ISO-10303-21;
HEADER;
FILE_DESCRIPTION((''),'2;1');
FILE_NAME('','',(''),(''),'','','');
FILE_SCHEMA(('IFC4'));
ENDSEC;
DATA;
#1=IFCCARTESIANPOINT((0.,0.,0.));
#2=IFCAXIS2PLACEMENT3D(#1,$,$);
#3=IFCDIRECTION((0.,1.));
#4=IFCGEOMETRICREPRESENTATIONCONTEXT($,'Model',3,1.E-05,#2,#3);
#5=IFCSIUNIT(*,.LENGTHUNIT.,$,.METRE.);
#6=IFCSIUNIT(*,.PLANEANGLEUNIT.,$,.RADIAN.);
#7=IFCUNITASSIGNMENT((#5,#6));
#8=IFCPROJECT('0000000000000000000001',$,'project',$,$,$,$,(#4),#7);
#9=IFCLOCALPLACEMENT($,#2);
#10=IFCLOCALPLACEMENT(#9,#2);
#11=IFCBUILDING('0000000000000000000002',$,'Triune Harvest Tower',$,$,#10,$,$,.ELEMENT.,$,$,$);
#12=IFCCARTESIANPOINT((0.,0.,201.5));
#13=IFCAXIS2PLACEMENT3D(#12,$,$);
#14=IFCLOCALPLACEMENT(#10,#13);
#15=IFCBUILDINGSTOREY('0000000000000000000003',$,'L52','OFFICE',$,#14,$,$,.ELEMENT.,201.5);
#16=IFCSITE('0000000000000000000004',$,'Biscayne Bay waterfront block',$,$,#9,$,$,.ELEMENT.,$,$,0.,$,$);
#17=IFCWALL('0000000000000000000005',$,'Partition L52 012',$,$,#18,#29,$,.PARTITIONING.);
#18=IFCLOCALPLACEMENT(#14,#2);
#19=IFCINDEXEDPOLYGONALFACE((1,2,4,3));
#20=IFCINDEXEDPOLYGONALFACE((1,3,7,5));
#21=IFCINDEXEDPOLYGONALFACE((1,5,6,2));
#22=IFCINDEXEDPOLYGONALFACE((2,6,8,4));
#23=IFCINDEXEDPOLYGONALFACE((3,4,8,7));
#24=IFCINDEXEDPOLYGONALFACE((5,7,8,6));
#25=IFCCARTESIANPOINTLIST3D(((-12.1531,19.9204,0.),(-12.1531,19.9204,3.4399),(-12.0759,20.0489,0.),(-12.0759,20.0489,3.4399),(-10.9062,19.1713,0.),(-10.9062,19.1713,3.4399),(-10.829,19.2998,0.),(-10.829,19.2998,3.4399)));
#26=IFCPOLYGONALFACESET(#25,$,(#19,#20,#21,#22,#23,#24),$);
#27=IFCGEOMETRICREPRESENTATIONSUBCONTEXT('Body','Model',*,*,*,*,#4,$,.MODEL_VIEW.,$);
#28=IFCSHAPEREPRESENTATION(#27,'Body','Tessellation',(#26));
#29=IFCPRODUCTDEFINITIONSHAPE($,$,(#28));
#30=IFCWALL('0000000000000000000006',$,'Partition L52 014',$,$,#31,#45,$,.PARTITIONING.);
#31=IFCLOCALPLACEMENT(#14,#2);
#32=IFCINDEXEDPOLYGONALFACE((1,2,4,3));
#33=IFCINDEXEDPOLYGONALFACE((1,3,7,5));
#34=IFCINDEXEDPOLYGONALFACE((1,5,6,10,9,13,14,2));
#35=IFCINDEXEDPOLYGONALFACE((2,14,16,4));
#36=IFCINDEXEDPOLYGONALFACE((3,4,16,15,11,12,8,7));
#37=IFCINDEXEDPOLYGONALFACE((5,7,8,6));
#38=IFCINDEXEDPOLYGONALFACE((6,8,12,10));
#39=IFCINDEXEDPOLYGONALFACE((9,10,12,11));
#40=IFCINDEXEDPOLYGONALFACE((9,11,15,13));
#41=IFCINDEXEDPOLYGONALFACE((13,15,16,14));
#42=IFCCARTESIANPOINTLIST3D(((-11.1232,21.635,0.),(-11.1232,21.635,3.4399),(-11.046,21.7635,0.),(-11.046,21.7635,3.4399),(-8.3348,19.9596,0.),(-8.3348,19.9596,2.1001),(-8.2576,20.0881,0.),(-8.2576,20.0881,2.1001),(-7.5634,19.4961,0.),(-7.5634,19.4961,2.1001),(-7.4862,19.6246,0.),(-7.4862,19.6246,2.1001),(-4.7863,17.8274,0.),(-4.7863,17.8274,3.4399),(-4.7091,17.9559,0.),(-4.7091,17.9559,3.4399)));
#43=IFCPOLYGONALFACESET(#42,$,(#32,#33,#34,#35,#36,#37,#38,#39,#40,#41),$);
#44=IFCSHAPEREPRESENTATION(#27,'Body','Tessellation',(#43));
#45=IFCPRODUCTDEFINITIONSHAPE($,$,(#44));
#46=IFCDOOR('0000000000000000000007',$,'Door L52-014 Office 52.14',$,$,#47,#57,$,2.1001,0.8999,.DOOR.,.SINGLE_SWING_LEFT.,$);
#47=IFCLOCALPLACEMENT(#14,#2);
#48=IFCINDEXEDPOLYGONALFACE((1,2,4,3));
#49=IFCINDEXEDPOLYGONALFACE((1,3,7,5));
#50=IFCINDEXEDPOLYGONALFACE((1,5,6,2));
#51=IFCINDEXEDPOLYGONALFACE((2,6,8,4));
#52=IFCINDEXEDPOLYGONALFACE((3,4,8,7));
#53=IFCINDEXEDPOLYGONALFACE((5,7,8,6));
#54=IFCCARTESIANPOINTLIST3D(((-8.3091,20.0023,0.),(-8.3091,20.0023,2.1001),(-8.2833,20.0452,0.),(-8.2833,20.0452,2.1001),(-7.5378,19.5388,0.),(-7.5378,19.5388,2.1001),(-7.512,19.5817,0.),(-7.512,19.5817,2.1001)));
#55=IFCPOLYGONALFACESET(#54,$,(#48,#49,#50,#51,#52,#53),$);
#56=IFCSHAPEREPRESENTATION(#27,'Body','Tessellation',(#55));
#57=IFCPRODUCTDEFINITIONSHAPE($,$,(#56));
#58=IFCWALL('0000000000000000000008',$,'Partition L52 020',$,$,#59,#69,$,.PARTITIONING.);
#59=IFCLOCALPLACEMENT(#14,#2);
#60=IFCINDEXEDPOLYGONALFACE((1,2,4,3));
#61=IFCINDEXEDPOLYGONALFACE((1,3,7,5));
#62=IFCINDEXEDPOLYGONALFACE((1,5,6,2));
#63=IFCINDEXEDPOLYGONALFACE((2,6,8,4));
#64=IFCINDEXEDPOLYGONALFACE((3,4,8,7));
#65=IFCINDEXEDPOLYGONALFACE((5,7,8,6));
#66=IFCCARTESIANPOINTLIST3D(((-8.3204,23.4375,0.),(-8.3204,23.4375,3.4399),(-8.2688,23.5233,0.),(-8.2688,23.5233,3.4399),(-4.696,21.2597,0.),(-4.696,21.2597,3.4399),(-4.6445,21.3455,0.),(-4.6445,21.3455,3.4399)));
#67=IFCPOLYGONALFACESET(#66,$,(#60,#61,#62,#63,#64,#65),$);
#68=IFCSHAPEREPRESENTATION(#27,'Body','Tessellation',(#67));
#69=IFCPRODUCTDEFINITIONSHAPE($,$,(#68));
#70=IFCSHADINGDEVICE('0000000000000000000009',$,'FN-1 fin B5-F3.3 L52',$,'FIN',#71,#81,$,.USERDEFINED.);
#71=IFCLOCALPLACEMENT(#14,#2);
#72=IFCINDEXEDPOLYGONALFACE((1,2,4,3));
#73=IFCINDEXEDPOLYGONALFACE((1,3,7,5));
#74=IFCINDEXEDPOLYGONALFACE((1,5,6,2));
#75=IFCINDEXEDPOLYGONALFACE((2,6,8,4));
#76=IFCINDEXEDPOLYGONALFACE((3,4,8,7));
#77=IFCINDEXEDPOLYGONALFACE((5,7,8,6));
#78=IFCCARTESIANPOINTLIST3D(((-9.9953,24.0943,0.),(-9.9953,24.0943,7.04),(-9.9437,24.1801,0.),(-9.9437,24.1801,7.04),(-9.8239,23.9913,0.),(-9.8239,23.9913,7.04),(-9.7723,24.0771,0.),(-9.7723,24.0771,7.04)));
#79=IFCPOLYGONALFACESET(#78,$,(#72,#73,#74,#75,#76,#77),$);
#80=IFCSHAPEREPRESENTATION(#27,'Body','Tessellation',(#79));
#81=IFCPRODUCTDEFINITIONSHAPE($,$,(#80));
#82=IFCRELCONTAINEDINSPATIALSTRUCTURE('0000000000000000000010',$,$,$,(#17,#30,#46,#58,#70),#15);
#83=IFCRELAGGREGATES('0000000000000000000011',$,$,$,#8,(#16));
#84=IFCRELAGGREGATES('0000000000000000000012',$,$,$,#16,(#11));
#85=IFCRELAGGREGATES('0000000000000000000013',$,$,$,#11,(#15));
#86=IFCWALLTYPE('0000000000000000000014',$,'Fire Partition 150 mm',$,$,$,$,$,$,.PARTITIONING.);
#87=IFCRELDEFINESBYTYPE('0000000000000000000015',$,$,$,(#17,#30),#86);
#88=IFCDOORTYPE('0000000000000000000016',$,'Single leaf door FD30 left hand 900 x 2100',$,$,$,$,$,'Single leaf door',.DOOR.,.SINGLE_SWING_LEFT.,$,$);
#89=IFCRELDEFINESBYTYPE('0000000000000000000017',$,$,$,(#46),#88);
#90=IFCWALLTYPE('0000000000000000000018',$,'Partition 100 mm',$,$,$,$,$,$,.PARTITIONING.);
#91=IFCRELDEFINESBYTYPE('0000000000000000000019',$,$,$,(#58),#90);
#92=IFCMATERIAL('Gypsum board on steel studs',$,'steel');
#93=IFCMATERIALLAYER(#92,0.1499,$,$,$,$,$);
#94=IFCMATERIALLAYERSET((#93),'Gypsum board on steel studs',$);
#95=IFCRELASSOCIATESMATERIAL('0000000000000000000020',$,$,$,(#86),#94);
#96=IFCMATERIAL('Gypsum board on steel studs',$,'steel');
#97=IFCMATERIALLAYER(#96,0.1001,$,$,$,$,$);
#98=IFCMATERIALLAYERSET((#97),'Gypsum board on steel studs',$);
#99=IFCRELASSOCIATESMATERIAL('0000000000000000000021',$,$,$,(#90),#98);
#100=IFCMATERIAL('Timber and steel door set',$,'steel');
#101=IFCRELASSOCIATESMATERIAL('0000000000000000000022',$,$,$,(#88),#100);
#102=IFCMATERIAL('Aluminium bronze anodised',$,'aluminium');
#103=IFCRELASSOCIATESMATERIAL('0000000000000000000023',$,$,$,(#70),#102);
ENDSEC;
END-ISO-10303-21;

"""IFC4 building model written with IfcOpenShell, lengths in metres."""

from ifc_helpers import new_model, si_unit, direction, frame, frame_2d, origin, origin_2d, place, context, subcontext, project, spatial, rectangle, extrude, source, transform, mapped, material, layer, layer_set, type_object, element, fill, save


model = new_model("IFC4")

# Units and contexts
model_context = context("Model", 3, precision=1e-05, world=origin(), true_north=direction((0.0, 1.0)))
body_context = subcontext(model_context, "Body", "Model", "MODEL_VIEW")
ifc_project = project(units=[si_unit("LENGTHUNIT", "METRE"), si_unit("PLANEANGLEUNIT", "RADIAN")], contexts=[model_context])

# Site, building, storey
site_placement = place(None, origin())
site = spatial("IfcSite", under=ifc_project, at=site_placement, Name="Biscayne Bay waterfront block", CompositionType="ELEMENT", RefElevation=0.0)
building_placement = place(site_placement, origin())
building = spatial("IfcBuilding", under=site, at=building_placement, Name="Triune Harvest Tower", CompositionType="ELEMENT")
storey_placement = place(building_placement, frame((0.0, 0.0, 201.5)))
storey = spatial("IfcBuildingStorey", under=building, at=storey_placement, Name="L52", Description="OFFICE", CompositionType="ELEMENT", Elevation=201.5)

# Shared definitions
ifc_material_1 = material(Name="Gypsum board on steel studs", Category="steel")
ifc_layer_1 = layer(ifc_material_1, 0.1499)
ifc_layer_set_1 = layer_set([ifc_layer_1], Name="Gypsum board on steel studs")
wall_type_1 = type_object("IfcWallType", Name="Fire Partition 150 mm", PredefinedType="PARTITIONING", material=ifc_layer_set_1)

# Wall
ifc_material_2 = material(Name="Gypsum board on steel studs", Category="steel")
ifc_layer_2 = layer(ifc_material_2, 0.1001)
ifc_layer_set_2 = layer_set([ifc_layer_2], Name="Gypsum board on steel studs")
wall_type_2 = type_object("IfcWallType", Name="Partition 100 mm", PredefinedType="PARTITIONING", material=ifc_layer_set_2)
shared_shape_1 = source(origin(), body_context, "Body", "SweptSolid", [
    extrude(rectangle(XDim=1.4546, YDim=0.1499, at=frame_2d((0.7273, 0.0))), origin(), (0.0, 0.0, 1.0), 3.4399),
])
wall_1_placement = place(storey_placement, frame((-12.1145, 19.9846, 0.0), z_axis=(0.0, 0.0, 1.0), x_axis=(0.857211, -0.514965, 0.0)))
element("IfcWall", 1, at=wall_1_placement, inside=storey, type_object=wall_type_1, Name="Partition L52 012", PredefinedType="PARTITIONING", context=body_context, shape_type="MappedRepresentation", body=[
    mapped(shared_shape_1, transform((0.0, 0.0, 0.0), scale=1.0)),
])

# Wall, opening, door
shared_shape_2 = source(origin(), body_context, "Body", "SweptSolid", [
    extrude(rectangle(XDim=7.3928, YDim=0.1499, at=frame_2d((3.6963, 0.0))), origin(), (0.0, 0.0, 1.0), 3.4399),
])
wall_2_placement = place(storey_placement, frame((-11.0845, 21.6992, 0.0), z_axis=(0.0, 0.0, 1.0), x_axis=(0.857166, -0.51504, 0.0)))
wall_2 = element("IfcWall", 2, at=wall_2_placement, inside=storey, type_object=wall_type_1, Name="Partition L52 014", PredefinedType="PARTITIONING", context=body_context, shape_type="MappedRepresentation", body=[
    mapped(shared_shape_2, transform((0.0, 0.0, 0.0), scale=1.0)),
])
opening_1_placement = place(wall_2_placement, frame((3.2529, 0.0, 0.0)))
opening_1 = element("IfcOpeningElement", 3, at=opening_1_placement, cuts=wall_2, PredefinedType="OPENING", context=body_context, shape_type="SweptSolid", body=[
    extrude(rectangle(XDim=0.8999, YDim=2.1001, at=frame_2d((0.45, 1.05))), frame((0.0, 0.085, 0.0), z_axis=(0.0, -1.0, 0.0), x_axis=(1.0, 0.0, 0.0)), (0.0, 0.0, 1.0), 0.1699),
])
ifc_material_3 = material(Name="Timber and steel door set", Category="steel")
door_type_1 = type_object("IfcDoorType", Name="Single leaf door FD30 left hand 900 x 2100", ElementType="Single leaf door", OperationType="SINGLE_SWING_LEFT", PredefinedType="DOOR", material=ifc_material_3)
door_1_placement = place(opening_1_placement, origin())
door_1 = element("IfcDoor", 4, at=door_1_placement, inside=storey, type_object=door_type_1, Name="Door L52-014 Office 52.14", OperationType="SINGLE_SWING_LEFT", OverallHeight=2.1001, OverallWidth=0.8999, PredefinedType="DOOR", context=body_context, shape_type="SweptSolid", body=[
    extrude(rectangle(XDim=0.8999, YDim=2.1001, at=frame_2d((0.45, 1.05))), frame((0.0, 0.0249, 0.0), z_axis=(0.0, -1.0, 0.0), x_axis=(1.0, 0.0, 0.0)), (0.0, 0.0, 1.0), 0.05),
])
fill(opening_1, door_1)

# Wall
shared_shape_3 = source(origin(), body_context, "Body", "SweptSolid", [
    extrude(rectangle(XDim=4.2283, YDim=0.1001, at=frame_2d((2.1143, 0.0))), origin(), (0.0, 0.0, 1.0), 3.4399),
])
wall_3_placement = place(storey_placement, frame((-8.2947, 23.4805, 0.0), z_axis=(0.0, 0.0, 1.0), x_axis=(0.857162, -0.515048, 0.0)))
element("IfcWall", 5, at=wall_3_placement, inside=storey, type_object=wall_type_2, Name="Partition L52 020", PredefinedType="PARTITIONING", context=body_context, shape_type="MappedRepresentation", body=[
    mapped(shared_shape_3, transform((0.0, 0.0, 0.0), scale=1.0)),
])

# Shading device
ifc_material_4 = material(Name="Aluminium bronze anodised", Category="aluminium")
shared_shape_4 = source(origin(), body_context, "Body", "SweptSolid", [
    extrude(rectangle(XDim=0.1001, YDim=0.2, at=origin_2d()), origin(), (0.0, 0.0, 1.0), 7.04),
])
shading_device_placement = place(storey_placement, frame((-9.8838, 24.0857, 0.0), z_axis=(0.0, 0.0, 1.0), x_axis=(-0.515037, -0.857168, 0.0)))
element("IfcShadingDevice", 6, at=shading_device_placement, inside=storey, material=ifc_material_4, Name="FN-1 fin B5-F3.3 L52", ObjectType="FIN", PredefinedType="USERDEFINED", context=body_context, shape_type="MappedRepresentation", body=[
    mapped(shared_shape_4, transform((0.0, 0.0, 0.0), scale=1.0)),
])

save(model, "model.ifc")
